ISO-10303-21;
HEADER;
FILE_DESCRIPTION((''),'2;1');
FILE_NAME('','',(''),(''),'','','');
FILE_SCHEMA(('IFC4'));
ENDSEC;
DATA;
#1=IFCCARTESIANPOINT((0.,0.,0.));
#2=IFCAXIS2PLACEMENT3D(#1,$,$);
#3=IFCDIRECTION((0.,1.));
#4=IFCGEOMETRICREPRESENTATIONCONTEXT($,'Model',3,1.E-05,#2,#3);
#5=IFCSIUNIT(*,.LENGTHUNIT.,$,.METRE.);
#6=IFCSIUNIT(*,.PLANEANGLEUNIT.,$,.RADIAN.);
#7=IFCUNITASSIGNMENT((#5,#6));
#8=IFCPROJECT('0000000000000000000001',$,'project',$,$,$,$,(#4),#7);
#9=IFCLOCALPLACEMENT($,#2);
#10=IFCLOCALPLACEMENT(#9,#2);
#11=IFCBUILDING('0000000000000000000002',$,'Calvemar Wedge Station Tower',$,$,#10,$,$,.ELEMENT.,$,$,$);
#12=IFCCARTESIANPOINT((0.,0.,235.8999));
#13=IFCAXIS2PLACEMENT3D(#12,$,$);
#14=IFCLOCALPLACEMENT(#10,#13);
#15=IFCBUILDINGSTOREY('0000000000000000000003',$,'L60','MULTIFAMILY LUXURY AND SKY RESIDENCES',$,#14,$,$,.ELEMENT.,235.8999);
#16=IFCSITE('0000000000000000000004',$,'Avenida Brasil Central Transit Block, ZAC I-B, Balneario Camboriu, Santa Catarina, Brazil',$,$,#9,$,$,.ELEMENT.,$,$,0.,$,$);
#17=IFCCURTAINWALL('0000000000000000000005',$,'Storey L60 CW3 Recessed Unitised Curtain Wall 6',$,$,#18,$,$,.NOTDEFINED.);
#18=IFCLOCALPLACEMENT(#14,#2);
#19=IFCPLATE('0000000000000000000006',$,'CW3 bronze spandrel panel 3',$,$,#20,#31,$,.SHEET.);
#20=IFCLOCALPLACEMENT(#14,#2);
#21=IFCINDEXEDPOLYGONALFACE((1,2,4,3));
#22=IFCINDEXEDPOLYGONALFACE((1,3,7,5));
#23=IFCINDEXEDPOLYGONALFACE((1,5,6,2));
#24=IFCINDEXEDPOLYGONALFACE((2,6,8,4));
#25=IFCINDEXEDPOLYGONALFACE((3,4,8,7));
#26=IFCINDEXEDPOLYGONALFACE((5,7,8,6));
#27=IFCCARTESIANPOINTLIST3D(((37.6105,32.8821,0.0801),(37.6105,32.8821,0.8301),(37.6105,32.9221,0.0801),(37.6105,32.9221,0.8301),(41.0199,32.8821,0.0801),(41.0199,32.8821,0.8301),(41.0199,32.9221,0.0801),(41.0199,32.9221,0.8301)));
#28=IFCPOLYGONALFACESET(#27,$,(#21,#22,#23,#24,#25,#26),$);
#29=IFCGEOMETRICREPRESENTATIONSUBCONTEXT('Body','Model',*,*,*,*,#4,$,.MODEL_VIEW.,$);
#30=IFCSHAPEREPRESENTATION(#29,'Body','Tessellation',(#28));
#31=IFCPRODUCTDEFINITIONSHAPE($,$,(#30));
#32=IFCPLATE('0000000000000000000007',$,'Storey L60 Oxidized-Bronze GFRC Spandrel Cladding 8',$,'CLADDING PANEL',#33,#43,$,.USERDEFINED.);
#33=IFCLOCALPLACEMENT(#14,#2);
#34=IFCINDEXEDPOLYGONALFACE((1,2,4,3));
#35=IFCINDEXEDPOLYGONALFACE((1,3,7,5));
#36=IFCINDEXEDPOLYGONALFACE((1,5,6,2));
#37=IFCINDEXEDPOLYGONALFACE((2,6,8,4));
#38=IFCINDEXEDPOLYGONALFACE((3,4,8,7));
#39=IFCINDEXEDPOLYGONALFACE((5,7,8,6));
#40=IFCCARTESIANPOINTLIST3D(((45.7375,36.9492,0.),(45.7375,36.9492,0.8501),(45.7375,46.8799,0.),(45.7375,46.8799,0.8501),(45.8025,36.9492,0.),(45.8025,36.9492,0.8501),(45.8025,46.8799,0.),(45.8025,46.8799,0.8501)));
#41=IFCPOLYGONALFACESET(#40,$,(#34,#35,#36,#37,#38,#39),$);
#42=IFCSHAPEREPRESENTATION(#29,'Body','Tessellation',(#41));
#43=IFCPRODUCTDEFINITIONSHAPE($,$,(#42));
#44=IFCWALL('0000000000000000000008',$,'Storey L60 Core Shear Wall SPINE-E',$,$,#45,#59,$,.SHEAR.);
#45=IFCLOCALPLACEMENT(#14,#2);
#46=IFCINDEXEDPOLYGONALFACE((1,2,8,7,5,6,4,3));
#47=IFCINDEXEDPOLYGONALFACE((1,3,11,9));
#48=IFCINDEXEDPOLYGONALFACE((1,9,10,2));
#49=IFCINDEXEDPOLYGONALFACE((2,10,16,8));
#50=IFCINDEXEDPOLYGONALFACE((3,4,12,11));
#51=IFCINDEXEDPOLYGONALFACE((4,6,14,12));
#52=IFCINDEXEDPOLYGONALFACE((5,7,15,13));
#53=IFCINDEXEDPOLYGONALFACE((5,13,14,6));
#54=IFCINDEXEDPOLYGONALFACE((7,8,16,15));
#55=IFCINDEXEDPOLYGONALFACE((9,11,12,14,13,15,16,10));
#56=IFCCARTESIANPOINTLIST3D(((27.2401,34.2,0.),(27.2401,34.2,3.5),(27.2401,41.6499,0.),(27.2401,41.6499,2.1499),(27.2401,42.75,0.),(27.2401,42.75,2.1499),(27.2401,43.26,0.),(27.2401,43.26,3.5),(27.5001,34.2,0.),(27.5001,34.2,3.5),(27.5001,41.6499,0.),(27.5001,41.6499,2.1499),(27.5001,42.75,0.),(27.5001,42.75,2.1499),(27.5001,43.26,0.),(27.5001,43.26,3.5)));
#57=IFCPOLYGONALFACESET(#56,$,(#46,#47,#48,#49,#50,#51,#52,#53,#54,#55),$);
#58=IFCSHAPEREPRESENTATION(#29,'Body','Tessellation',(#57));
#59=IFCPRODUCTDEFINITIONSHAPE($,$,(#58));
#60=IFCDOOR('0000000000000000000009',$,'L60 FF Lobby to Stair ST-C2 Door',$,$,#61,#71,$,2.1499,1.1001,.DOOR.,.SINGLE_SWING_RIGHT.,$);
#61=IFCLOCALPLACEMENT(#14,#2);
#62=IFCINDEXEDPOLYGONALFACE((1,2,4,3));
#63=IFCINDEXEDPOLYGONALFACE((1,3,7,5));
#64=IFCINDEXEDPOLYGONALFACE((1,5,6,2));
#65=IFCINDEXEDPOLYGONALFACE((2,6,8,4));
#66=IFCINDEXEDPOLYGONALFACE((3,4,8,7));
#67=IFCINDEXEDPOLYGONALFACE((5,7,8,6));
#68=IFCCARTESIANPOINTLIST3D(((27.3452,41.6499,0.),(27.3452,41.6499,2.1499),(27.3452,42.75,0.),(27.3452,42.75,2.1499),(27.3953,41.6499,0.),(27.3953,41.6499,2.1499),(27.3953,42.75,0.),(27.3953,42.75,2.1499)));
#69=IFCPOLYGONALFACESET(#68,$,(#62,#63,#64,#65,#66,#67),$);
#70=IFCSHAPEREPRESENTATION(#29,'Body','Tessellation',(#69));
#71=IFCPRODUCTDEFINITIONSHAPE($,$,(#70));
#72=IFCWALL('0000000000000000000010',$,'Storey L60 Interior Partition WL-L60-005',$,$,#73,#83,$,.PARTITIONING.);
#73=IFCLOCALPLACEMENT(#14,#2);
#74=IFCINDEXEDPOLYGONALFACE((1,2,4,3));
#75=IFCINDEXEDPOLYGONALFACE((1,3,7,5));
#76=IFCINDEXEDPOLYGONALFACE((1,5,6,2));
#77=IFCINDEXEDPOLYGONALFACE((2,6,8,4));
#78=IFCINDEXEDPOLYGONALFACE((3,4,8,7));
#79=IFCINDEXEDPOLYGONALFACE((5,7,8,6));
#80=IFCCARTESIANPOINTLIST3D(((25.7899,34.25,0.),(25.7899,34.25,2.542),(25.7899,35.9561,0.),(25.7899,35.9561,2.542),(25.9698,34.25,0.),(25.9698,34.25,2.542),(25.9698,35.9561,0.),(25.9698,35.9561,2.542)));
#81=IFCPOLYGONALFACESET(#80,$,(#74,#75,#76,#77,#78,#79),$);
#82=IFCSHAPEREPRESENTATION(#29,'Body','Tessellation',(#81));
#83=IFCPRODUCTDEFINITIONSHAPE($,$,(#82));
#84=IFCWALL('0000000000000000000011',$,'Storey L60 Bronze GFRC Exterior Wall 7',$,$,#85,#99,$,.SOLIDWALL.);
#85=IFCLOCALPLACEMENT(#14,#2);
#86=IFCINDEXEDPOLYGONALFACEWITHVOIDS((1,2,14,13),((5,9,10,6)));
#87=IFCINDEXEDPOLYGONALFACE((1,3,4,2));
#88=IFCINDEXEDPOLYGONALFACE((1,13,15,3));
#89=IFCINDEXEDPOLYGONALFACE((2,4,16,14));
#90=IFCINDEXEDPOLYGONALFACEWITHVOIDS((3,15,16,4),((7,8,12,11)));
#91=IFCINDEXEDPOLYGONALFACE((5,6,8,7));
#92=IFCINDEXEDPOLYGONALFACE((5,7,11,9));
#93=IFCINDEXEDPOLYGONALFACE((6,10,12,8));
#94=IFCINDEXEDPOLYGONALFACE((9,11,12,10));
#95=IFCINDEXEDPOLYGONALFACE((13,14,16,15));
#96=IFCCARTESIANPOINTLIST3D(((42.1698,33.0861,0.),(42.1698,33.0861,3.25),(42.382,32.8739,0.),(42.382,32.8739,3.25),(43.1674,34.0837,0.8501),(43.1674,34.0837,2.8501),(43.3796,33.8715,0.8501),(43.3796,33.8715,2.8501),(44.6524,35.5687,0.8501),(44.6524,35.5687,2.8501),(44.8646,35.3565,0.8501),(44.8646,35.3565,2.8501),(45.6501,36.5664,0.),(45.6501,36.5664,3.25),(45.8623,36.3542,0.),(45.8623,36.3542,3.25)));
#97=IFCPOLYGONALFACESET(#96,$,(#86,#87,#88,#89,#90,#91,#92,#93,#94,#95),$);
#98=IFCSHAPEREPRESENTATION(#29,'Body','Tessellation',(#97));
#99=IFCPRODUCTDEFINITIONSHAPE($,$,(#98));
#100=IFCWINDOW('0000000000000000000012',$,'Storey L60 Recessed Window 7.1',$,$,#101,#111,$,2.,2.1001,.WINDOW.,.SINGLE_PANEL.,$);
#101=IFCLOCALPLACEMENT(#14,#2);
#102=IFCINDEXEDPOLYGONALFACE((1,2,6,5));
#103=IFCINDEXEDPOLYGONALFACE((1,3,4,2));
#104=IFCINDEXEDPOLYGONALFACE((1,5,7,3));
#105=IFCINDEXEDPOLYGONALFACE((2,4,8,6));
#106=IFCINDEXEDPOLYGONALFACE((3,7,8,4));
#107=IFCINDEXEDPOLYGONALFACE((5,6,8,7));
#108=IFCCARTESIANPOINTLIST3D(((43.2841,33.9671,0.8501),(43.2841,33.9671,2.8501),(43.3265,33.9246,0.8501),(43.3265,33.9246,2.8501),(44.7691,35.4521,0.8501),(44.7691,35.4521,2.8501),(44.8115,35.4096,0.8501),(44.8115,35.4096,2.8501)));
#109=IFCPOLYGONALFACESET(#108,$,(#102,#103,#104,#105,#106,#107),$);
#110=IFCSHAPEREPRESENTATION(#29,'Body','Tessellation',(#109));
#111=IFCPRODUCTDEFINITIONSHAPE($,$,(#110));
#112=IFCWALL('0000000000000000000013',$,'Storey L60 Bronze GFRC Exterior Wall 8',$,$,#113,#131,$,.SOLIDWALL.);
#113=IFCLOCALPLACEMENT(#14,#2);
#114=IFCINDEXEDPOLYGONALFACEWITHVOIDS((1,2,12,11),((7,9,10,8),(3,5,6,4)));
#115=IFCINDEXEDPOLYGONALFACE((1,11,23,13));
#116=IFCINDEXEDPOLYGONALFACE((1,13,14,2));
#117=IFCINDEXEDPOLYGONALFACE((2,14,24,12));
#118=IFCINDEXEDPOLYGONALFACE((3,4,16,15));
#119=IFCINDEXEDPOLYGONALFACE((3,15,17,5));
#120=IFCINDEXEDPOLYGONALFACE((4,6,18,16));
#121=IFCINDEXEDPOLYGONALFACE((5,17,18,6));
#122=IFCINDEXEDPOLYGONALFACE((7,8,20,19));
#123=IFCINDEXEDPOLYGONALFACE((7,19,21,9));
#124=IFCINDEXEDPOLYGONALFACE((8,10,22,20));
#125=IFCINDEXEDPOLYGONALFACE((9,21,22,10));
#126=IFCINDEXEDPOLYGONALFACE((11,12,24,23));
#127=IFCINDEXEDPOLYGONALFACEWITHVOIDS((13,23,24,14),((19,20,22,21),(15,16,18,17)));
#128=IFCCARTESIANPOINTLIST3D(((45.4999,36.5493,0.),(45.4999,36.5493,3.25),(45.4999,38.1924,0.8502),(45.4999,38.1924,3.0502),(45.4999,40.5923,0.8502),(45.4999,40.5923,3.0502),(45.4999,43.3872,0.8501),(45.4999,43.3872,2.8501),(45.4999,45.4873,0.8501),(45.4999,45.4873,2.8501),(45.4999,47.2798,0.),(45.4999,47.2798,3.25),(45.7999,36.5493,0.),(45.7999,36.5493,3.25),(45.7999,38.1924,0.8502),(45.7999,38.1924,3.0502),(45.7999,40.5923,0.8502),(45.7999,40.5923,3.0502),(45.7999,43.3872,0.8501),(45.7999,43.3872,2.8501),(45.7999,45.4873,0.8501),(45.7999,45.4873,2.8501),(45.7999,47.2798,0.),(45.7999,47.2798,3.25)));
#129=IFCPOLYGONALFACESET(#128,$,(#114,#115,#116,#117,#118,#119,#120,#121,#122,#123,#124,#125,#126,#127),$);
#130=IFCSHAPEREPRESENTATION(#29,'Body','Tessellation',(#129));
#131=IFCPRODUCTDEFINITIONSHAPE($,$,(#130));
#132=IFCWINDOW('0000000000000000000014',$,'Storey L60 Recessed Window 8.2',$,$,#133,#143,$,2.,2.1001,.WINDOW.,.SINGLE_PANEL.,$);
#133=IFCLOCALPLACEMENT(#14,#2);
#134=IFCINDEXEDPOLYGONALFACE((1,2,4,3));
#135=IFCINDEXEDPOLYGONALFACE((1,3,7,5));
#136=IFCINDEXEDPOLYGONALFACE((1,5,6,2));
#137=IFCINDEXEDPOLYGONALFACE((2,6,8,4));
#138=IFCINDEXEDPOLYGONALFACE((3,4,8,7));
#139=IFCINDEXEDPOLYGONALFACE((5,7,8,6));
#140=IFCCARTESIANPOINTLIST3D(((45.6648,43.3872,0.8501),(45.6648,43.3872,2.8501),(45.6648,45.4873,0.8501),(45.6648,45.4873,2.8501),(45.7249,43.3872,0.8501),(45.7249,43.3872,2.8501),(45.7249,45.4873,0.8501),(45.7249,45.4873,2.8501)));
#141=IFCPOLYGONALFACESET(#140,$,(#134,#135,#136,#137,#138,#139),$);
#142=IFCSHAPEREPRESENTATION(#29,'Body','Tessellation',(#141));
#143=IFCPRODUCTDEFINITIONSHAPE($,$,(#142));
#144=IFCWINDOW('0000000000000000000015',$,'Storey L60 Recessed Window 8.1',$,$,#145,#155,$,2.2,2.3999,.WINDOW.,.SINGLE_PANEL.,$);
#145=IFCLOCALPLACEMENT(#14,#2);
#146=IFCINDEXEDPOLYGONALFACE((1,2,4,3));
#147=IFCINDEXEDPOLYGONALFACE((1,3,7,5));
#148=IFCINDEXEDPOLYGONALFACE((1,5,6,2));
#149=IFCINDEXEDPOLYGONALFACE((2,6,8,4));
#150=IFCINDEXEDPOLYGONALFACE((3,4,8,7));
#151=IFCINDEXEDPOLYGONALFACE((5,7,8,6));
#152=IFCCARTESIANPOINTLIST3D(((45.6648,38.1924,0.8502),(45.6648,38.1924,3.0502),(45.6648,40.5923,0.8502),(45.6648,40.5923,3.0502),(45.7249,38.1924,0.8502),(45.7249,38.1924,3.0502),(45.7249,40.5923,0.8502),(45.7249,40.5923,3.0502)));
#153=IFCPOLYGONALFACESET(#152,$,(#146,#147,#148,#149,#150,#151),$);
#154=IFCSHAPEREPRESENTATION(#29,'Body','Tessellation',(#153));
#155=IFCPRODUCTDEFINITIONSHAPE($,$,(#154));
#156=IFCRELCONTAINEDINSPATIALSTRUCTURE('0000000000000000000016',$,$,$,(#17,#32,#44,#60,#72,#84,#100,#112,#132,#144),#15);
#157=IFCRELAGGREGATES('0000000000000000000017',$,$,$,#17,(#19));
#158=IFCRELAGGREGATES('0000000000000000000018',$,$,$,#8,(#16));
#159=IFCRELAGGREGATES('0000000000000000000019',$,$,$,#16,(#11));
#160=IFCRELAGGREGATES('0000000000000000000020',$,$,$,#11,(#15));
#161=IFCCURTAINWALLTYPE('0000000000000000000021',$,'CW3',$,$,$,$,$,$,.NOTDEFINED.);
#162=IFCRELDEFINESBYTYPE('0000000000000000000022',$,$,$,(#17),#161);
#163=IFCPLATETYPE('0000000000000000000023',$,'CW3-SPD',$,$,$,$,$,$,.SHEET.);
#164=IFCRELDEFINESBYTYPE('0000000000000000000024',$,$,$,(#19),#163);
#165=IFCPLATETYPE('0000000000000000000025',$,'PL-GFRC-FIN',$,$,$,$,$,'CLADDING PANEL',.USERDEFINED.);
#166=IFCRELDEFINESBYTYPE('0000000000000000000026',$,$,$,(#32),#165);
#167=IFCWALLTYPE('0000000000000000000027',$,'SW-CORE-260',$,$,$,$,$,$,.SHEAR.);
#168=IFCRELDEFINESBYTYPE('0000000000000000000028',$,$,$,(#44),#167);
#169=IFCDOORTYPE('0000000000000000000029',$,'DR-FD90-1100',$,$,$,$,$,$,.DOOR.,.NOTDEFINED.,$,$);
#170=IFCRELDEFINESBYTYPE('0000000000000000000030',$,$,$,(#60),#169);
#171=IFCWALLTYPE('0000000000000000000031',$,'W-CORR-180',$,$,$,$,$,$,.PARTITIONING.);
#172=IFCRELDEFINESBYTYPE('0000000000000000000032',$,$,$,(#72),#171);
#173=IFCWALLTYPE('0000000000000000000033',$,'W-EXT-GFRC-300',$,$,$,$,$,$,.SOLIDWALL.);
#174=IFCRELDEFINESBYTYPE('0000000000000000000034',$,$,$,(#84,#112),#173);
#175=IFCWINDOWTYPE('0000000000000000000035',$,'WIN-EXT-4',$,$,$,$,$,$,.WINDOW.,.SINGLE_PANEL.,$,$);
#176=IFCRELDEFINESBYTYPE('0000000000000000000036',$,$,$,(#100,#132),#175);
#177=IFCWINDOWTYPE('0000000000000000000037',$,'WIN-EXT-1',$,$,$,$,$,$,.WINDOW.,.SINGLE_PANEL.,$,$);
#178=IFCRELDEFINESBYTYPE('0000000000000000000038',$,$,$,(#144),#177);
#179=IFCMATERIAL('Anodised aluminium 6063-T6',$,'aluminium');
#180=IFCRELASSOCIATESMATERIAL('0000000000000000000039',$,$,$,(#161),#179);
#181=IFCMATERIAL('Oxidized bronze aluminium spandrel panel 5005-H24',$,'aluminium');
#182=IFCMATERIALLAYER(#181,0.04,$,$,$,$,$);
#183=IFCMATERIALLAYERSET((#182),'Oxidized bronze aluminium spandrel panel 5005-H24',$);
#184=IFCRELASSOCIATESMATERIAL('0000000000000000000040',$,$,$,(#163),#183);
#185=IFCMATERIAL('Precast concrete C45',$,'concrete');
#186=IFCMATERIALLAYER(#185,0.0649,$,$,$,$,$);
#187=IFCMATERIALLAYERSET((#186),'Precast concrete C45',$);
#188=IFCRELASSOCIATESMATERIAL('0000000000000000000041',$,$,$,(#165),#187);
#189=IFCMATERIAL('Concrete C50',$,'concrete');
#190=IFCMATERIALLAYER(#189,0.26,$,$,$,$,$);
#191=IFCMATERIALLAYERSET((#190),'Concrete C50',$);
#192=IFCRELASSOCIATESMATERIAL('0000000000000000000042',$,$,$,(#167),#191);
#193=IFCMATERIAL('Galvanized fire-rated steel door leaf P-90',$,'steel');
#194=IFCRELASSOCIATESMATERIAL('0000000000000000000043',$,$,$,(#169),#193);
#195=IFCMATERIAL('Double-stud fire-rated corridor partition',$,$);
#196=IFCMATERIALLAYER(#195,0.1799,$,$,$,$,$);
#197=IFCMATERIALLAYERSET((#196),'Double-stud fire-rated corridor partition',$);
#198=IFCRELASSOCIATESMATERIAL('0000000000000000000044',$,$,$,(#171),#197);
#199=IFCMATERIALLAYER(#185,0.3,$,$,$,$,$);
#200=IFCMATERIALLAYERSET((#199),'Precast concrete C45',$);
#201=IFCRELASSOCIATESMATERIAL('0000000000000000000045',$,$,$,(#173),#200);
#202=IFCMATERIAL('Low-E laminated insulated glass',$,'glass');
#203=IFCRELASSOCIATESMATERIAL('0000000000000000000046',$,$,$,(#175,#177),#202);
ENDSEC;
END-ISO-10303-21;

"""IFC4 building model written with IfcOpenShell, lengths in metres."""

from ifc_helpers import new_model, si_unit, direction, frame, frame_2d, origin, place, context, subcontext, project, spatial, rectangle, extrude, source, transform, mapped, material, layer, layer_set, type_object, element, fill, aggregate, save


model = new_model("IFC4")

# Units and contexts
model_context = context("Model", 3, precision=1e-05, world=origin(), true_north=direction((0.0, 1.0)))
body_context = subcontext(model_context, "Body", "Model", "MODEL_VIEW")
ifc_project = project(units=[si_unit("LENGTHUNIT", "METRE"), si_unit("PLANEANGLEUNIT", "RADIAN")], contexts=[model_context])

# Site, building, storey
site_placement = place(None, origin())
site = spatial("IfcSite", under=ifc_project, at=site_placement, Name="Avenida Brasil Central Transit Block, ZAC I-B, Balneario Camboriu, Santa Catarina, Brazil", CompositionType="ELEMENT", RefElevation=0.0)
building_placement = place(site_placement, origin())
building = spatial("IfcBuilding", under=site, at=building_placement, Name="Calvemar Wedge Station Tower", CompositionType="ELEMENT")
storey_placement = place(building_placement, frame((0.0, 0.0, 235.8999)))
storey = spatial("IfcBuildingStorey", under=building, at=storey_placement, Name="L60", Description="MULTIFAMILY LUXURY AND SKY RESIDENCES", CompositionType="ELEMENT", Elevation=235.8999)

# Shared definitions
ifc_material_1 = material(Name="Concrete C50", Category="concrete")

# Curtain wall, plate
ifc_material_2 = material(Name="Anodised aluminium 6063-T6", Category="aluminium")
curtain_wall_type = type_object("IfcCurtainWallType", Name="CW3", PredefinedType="NOTDEFINED", material=ifc_material_2)
curtain_wall_placement = place(storey_placement, origin())
curtain_wall = element("IfcCurtainWall", 1, at=curtain_wall_placement, inside=storey, type_object=curtain_wall_type, Name="Storey L60 CW3 Recessed Unitised Curtain Wall 6", PredefinedType="NOTDEFINED")
ifc_material_3 = material(Name="Low-E laminated insulated glass", Category="glass")
ifc_material_4 = material(Name="Oxidized bronze aluminium spandrel panel 5005-H24", Category="aluminium")
ifc_layer_1 = layer(ifc_material_4, 0.04)
ifc_layer_set_1 = layer_set([ifc_layer_1], Name="Oxidized bronze aluminium spandrel panel 5005-H24")
plate_type_1 = type_object("IfcPlateType", Name="CW3-SPD", PredefinedType="SHEET", material=ifc_layer_set_1)
plate_1_placement = place(storey_placement, frame((37.6106, 32.9021, 0.0801), z_axis=(0.0, 0.0, 1.0), x_axis=(1.0, 0.0, 0.0)))
plate_1 = element("IfcPlate", 2, at=plate_1_placement, type_object=plate_type_1, Name="CW3 bronze spandrel panel 3", PredefinedType="SHEET", context=body_context, shape_type="SweptSolid", body=[
    extrude(rectangle(XDim=3.4094, YDim=0.04, at=frame_2d((1.7046, 0.0))), origin(), (0.0, 0.0, 1.0), 0.75),
])
aggregate(curtain_wall, [plate_1])

# Plate
ifc_material_5 = material(Name="Precast concrete C45", Category="concrete")
ifc_layer_2 = layer(ifc_material_5, 0.0649)
ifc_layer_set_2 = layer_set([ifc_layer_2], Name="Precast concrete C45")
plate_type_2 = type_object("IfcPlateType", Name="PL-GFRC-FIN", ElementType="CLADDING PANEL", PredefinedType="USERDEFINED", material=ifc_layer_set_2)
plate_2_placement = place(storey_placement, frame((45.77, 36.9492, 0.0), z_axis=(0.0, 0.0, 1.0), x_axis=(0.0, 1.0, 0.0)))
element("IfcPlate", 3, at=plate_2_placement, inside=storey, type_object=plate_type_2, Name="Storey L60 Oxidized-Bronze GFRC Spandrel Cladding 8", ObjectType="CLADDING PANEL", PredefinedType="USERDEFINED", context=body_context, shape_type="SweptSolid", body=[
    extrude(rectangle(XDim=9.9307, YDim=0.0649, at=frame_2d((4.9653, 0.0))), origin(), (0.0, 0.0, 1.0), 0.8501),
])

# Wall, opening, door
ifc_layer_3 = layer(ifc_material_1, 0.26)
ifc_layer_set_3 = layer_set([ifc_layer_3], Name="Concrete C50")
wall_type_1 = type_object("IfcWallType", Name="SW-CORE-260", PredefinedType="SHEAR", material=ifc_layer_set_3)
wall_1_placement = place(storey_placement, frame((27.3701, 34.2, 0.0), z_axis=(0.0, 0.0, 1.0), x_axis=(0.0, 1.0, 0.0)))
wall_1 = element("IfcWall", 4, at=wall_1_placement, inside=storey, type_object=wall_type_1, Name="Storey L60 Core Shear Wall SPINE-E", PredefinedType="SHEAR", context=body_context, shape_type="SweptSolid", body=[
    extrude(rectangle(XDim=9.0601, YDim=0.26, at=frame_2d((4.53, 0.0))), origin(), (0.0, 0.0, 1.0), 3.5),
])
shared_shape_1 = source(origin(), body_context, "Body", "SweptSolid", [
    extrude(rectangle(XDim=1.1001, YDim=2.1499, at=frame_2d((0.55, 1.075))), frame((0.0, 0.1401, 0.0), z_axis=(0.0, -1.0, 0.0), x_axis=(1.0, 0.0, 0.0)), (0.0, 0.0, 1.0), 0.28),
])
opening_1_placement = place(wall_1_placement, frame((7.45, 0.0, 0.0)))
opening_1 = element("IfcOpeningElement", 5, at=opening_1_placement, cuts=wall_1, PredefinedType="OPENING", context=body_context, shape_type="MappedRepresentation", body=[
    mapped(shared_shape_1, transform((0.0, 0.0, 0.0), scale=1.0)),
])
ifc_material_6 = material(Name="Galvanized fire-rated steel door leaf P-90", Category="steel")
door_type = type_object("IfcDoorType", Name="DR-FD90-1100", OperationType="NOTDEFINED", PredefinedType="DOOR", material=ifc_material_6)
shared_shape_2 = source(origin(), body_context, "Body", "SweptSolid", [
    extrude(rectangle(XDim=1.1001, YDim=2.1499, at=frame_2d((0.55, 1.075))), frame((0.0, 0.0249, 0.0), z_axis=(0.0, -1.0, 0.0), x_axis=(1.0, 0.0, 0.0)), (0.0, 0.0, 1.0), 0.05),
])
door_1_placement = place(opening_1_placement, origin())
door_1 = element("IfcDoor", 6, at=door_1_placement, inside=storey, type_object=door_type, Name="L60 FF Lobby to Stair ST-C2 Door", OperationType="SINGLE_SWING_RIGHT", OverallHeight=2.1499, OverallWidth=1.1001, PredefinedType="DOOR", context=body_context, shape_type="MappedRepresentation", body=[
    mapped(shared_shape_2, transform((0.0, 0.0, 0.0), scale=1.0)),
])
fill(opening_1, door_1)

# Wall
ifc_material_7 = material(Name="Double-stud fire-rated corridor partition")
ifc_layer_4 = layer(ifc_material_7, 0.1799)
ifc_layer_set_4 = layer_set([ifc_layer_4], Name="Double-stud fire-rated corridor partition")
wall_type_2 = type_object("IfcWallType", Name="W-CORR-180", PredefinedType="PARTITIONING", material=ifc_layer_set_4)
wall_2_placement = place(storey_placement, frame((25.8799, 35.9561, 0.0), z_axis=(0.0, 0.0, 1.0), x_axis=(0.0, -1.0, 0.0)))
element("IfcWall", 7, at=wall_2_placement, inside=storey, type_object=wall_type_2, Name="Storey L60 Interior Partition WL-L60-005", PredefinedType="PARTITIONING", context=body_context, shape_type="SweptSolid", body=[
    extrude(rectangle(XDim=1.7061, YDim=0.1799, at=frame_2d((0.853, 0.0))), origin(), (0.0, 0.0, 1.0), 2.542),
])

# Wall, opening, window
ifc_layer_5 = layer(ifc_material_5, 0.3)
ifc_layer_set_5 = layer_set([ifc_layer_5], Name="Precast concrete C45")
wall_type_3 = type_object("IfcWallType", Name="W-EXT-GFRC-300", PredefinedType="SOLIDWALL", material=ifc_layer_set_5)
wall_3_placement = place(storey_placement, frame((42.2759, 32.98, 0.0), z_axis=(0.0, 0.0, 1.0), x_axis=(0.707107, 0.707107, 0.0)))
wall_3 = element("IfcWall", 8, at=wall_3_placement, inside=storey, type_object=wall_type_3, Name="Storey L60 Bronze GFRC Exterior Wall 7", PredefinedType="SOLIDWALL", context=body_context, shape_type="SweptSolid", body=[
    extrude(rectangle(XDim=4.9219, YDim=0.3, at=frame_2d((2.4609, 0.0))), origin(), (0.0, 0.0, 1.0), 3.25),
])
shared_shape_3 = source(origin(), body_context, "Body", "SweptSolid", [
    extrude(rectangle(XDim=2.1001, YDim=2.0, at=frame_2d((1.05, 1.0))), frame((0.0, 0.1602, 0.0), z_axis=(0.0, -1.0, 0.0), x_axis=(1.0, 0.0, 0.0)), (0.0, 0.0, 1.0), 0.3201),
])
opening_2_placement = place(wall_3_placement, frame((1.4109, 0.0, 0.8501)))
opening_2 = element("IfcOpeningElement", 9, at=opening_2_placement, cuts=wall_3, PredefinedType="OPENING", context=body_context, shape_type="MappedRepresentation", body=[
    mapped(shared_shape_3, transform((0.0, 0.0, 0.0), scale=1.0)),
])
window_type_1 = type_object("IfcWindowType", Name="WIN-EXT-4", PartitioningType="SINGLE_PANEL", PredefinedType="WINDOW", material=ifc_material_3)
shared_shape_4 = source(origin(), body_context, "Body", "SweptSolid", [
    extrude(rectangle(XDim=2.1001, YDim=2.0, at=frame_2d((1.05, 1.0))), frame((0.0, -0.0149, 0.0), z_axis=(0.0, -1.0, 0.0), x_axis=(1.0, 0.0, 0.0)), (0.0, 0.0, 1.0), 0.0601),
])
window_1_placement = place(opening_2_placement, origin())
window_1 = element("IfcWindow", 10, at=window_1_placement, inside=storey, type_object=window_type_1, Name="Storey L60 Recessed Window 7.1", OverallHeight=2.0, OverallWidth=2.1001, PartitioningType="SINGLE_PANEL", PredefinedType="WINDOW", context=body_context, shape_type="MappedRepresentation", body=[
    mapped(shared_shape_4, transform((0.0, 0.0, 0.0), scale=1.0)),
])
fill(opening_2, window_1)

# Wall, openings, windows
wall_4_placement = place(storey_placement, frame((45.6499, 36.5493, 0.0), z_axis=(0.0, 0.0, 1.0), x_axis=(0.0, 1.0, 0.0)))
wall_4 = element("IfcWall", 11, at=wall_4_placement, inside=storey, type_object=wall_type_3, Name="Storey L60 Bronze GFRC Exterior Wall 8", PredefinedType="SOLIDWALL", context=body_context, shape_type="SweptSolid", body=[
    extrude(rectangle(XDim=10.7305, YDim=0.3, at=frame_2d((5.3652, 0.0))), origin(), (0.0, 0.0, 1.0), 3.25),
])
shared_shape_5 = source(origin(), body_context, "Body", "SweptSolid", [
    extrude(rectangle(XDim=2.3999, YDim=2.2, at=frame_2d((1.2, 1.1001))), frame((0.0, 0.1602, 0.0), z_axis=(0.0, -1.0, 0.0), x_axis=(1.0, 0.0, 0.0)), (0.0, 0.0, 1.0), 0.3201),
])
opening_3_placement = place(wall_4_placement, frame((1.6431, 0.0, 0.8501)))
opening_3 = element("IfcOpeningElement", 12, at=opening_3_placement, cuts=wall_4, PredefinedType="OPENING", context=body_context, shape_type="MappedRepresentation", body=[
    mapped(shared_shape_5, transform((0.0, 0.0, 0.0), scale=1.0)),
])
opening_4_placement = place(wall_4_placement, frame((6.8379, 0.0, 0.8501)))
opening_4 = element("IfcOpeningElement", 13, at=opening_4_placement, cuts=wall_4, PredefinedType="OPENING", context=body_context, shape_type="MappedRepresentation", body=[
    mapped(shared_shape_3, transform((0.0, 0.0, 0.0), scale=1.0)),
])
window_2_placement = place(opening_4_placement, origin())
window_2 = element("IfcWindow", 14, at=window_2_placement, inside=storey, type_object=window_type_1, Name="Storey L60 Recessed Window 8.2", OverallHeight=2.0, OverallWidth=2.1001, PartitioningType="SINGLE_PANEL", PredefinedType="WINDOW", context=body_context, shape_type="MappedRepresentation", body=[
    mapped(shared_shape_4, transform((0.0, 0.0, 0.0), scale=1.0)),
])
fill(opening_4, window_2)
window_type_2 = type_object("IfcWindowType", Name="WIN-EXT-1", PartitioningType="SINGLE_PANEL", PredefinedType="WINDOW", material=ifc_material_3)
shared_shape_6 = source(origin(), body_context, "Body", "SweptSolid", [
    extrude(rectangle(XDim=2.3999, YDim=2.2, at=frame_2d((1.2, 1.1001))), frame((0.0, -0.0149, 0.0), z_axis=(0.0, -1.0, 0.0), x_axis=(1.0, 0.0, 0.0)), (0.0, 0.0, 1.0), 0.0601),
])
window_3_placement = place(opening_3_placement, origin())
window_3 = element("IfcWindow", 15, at=window_3_placement, inside=storey, type_object=window_type_2, Name="Storey L60 Recessed Window 8.1", OverallHeight=2.2, OverallWidth=2.3999, PartitioningType="SINGLE_PANEL", PredefinedType="WINDOW", context=body_context, shape_type="MappedRepresentation", body=[
    mapped(shared_shape_6, transform((0.0, 0.0, 0.0), scale=1.0)),
])
fill(opening_3, window_3)

save(model, "model.ifc")
